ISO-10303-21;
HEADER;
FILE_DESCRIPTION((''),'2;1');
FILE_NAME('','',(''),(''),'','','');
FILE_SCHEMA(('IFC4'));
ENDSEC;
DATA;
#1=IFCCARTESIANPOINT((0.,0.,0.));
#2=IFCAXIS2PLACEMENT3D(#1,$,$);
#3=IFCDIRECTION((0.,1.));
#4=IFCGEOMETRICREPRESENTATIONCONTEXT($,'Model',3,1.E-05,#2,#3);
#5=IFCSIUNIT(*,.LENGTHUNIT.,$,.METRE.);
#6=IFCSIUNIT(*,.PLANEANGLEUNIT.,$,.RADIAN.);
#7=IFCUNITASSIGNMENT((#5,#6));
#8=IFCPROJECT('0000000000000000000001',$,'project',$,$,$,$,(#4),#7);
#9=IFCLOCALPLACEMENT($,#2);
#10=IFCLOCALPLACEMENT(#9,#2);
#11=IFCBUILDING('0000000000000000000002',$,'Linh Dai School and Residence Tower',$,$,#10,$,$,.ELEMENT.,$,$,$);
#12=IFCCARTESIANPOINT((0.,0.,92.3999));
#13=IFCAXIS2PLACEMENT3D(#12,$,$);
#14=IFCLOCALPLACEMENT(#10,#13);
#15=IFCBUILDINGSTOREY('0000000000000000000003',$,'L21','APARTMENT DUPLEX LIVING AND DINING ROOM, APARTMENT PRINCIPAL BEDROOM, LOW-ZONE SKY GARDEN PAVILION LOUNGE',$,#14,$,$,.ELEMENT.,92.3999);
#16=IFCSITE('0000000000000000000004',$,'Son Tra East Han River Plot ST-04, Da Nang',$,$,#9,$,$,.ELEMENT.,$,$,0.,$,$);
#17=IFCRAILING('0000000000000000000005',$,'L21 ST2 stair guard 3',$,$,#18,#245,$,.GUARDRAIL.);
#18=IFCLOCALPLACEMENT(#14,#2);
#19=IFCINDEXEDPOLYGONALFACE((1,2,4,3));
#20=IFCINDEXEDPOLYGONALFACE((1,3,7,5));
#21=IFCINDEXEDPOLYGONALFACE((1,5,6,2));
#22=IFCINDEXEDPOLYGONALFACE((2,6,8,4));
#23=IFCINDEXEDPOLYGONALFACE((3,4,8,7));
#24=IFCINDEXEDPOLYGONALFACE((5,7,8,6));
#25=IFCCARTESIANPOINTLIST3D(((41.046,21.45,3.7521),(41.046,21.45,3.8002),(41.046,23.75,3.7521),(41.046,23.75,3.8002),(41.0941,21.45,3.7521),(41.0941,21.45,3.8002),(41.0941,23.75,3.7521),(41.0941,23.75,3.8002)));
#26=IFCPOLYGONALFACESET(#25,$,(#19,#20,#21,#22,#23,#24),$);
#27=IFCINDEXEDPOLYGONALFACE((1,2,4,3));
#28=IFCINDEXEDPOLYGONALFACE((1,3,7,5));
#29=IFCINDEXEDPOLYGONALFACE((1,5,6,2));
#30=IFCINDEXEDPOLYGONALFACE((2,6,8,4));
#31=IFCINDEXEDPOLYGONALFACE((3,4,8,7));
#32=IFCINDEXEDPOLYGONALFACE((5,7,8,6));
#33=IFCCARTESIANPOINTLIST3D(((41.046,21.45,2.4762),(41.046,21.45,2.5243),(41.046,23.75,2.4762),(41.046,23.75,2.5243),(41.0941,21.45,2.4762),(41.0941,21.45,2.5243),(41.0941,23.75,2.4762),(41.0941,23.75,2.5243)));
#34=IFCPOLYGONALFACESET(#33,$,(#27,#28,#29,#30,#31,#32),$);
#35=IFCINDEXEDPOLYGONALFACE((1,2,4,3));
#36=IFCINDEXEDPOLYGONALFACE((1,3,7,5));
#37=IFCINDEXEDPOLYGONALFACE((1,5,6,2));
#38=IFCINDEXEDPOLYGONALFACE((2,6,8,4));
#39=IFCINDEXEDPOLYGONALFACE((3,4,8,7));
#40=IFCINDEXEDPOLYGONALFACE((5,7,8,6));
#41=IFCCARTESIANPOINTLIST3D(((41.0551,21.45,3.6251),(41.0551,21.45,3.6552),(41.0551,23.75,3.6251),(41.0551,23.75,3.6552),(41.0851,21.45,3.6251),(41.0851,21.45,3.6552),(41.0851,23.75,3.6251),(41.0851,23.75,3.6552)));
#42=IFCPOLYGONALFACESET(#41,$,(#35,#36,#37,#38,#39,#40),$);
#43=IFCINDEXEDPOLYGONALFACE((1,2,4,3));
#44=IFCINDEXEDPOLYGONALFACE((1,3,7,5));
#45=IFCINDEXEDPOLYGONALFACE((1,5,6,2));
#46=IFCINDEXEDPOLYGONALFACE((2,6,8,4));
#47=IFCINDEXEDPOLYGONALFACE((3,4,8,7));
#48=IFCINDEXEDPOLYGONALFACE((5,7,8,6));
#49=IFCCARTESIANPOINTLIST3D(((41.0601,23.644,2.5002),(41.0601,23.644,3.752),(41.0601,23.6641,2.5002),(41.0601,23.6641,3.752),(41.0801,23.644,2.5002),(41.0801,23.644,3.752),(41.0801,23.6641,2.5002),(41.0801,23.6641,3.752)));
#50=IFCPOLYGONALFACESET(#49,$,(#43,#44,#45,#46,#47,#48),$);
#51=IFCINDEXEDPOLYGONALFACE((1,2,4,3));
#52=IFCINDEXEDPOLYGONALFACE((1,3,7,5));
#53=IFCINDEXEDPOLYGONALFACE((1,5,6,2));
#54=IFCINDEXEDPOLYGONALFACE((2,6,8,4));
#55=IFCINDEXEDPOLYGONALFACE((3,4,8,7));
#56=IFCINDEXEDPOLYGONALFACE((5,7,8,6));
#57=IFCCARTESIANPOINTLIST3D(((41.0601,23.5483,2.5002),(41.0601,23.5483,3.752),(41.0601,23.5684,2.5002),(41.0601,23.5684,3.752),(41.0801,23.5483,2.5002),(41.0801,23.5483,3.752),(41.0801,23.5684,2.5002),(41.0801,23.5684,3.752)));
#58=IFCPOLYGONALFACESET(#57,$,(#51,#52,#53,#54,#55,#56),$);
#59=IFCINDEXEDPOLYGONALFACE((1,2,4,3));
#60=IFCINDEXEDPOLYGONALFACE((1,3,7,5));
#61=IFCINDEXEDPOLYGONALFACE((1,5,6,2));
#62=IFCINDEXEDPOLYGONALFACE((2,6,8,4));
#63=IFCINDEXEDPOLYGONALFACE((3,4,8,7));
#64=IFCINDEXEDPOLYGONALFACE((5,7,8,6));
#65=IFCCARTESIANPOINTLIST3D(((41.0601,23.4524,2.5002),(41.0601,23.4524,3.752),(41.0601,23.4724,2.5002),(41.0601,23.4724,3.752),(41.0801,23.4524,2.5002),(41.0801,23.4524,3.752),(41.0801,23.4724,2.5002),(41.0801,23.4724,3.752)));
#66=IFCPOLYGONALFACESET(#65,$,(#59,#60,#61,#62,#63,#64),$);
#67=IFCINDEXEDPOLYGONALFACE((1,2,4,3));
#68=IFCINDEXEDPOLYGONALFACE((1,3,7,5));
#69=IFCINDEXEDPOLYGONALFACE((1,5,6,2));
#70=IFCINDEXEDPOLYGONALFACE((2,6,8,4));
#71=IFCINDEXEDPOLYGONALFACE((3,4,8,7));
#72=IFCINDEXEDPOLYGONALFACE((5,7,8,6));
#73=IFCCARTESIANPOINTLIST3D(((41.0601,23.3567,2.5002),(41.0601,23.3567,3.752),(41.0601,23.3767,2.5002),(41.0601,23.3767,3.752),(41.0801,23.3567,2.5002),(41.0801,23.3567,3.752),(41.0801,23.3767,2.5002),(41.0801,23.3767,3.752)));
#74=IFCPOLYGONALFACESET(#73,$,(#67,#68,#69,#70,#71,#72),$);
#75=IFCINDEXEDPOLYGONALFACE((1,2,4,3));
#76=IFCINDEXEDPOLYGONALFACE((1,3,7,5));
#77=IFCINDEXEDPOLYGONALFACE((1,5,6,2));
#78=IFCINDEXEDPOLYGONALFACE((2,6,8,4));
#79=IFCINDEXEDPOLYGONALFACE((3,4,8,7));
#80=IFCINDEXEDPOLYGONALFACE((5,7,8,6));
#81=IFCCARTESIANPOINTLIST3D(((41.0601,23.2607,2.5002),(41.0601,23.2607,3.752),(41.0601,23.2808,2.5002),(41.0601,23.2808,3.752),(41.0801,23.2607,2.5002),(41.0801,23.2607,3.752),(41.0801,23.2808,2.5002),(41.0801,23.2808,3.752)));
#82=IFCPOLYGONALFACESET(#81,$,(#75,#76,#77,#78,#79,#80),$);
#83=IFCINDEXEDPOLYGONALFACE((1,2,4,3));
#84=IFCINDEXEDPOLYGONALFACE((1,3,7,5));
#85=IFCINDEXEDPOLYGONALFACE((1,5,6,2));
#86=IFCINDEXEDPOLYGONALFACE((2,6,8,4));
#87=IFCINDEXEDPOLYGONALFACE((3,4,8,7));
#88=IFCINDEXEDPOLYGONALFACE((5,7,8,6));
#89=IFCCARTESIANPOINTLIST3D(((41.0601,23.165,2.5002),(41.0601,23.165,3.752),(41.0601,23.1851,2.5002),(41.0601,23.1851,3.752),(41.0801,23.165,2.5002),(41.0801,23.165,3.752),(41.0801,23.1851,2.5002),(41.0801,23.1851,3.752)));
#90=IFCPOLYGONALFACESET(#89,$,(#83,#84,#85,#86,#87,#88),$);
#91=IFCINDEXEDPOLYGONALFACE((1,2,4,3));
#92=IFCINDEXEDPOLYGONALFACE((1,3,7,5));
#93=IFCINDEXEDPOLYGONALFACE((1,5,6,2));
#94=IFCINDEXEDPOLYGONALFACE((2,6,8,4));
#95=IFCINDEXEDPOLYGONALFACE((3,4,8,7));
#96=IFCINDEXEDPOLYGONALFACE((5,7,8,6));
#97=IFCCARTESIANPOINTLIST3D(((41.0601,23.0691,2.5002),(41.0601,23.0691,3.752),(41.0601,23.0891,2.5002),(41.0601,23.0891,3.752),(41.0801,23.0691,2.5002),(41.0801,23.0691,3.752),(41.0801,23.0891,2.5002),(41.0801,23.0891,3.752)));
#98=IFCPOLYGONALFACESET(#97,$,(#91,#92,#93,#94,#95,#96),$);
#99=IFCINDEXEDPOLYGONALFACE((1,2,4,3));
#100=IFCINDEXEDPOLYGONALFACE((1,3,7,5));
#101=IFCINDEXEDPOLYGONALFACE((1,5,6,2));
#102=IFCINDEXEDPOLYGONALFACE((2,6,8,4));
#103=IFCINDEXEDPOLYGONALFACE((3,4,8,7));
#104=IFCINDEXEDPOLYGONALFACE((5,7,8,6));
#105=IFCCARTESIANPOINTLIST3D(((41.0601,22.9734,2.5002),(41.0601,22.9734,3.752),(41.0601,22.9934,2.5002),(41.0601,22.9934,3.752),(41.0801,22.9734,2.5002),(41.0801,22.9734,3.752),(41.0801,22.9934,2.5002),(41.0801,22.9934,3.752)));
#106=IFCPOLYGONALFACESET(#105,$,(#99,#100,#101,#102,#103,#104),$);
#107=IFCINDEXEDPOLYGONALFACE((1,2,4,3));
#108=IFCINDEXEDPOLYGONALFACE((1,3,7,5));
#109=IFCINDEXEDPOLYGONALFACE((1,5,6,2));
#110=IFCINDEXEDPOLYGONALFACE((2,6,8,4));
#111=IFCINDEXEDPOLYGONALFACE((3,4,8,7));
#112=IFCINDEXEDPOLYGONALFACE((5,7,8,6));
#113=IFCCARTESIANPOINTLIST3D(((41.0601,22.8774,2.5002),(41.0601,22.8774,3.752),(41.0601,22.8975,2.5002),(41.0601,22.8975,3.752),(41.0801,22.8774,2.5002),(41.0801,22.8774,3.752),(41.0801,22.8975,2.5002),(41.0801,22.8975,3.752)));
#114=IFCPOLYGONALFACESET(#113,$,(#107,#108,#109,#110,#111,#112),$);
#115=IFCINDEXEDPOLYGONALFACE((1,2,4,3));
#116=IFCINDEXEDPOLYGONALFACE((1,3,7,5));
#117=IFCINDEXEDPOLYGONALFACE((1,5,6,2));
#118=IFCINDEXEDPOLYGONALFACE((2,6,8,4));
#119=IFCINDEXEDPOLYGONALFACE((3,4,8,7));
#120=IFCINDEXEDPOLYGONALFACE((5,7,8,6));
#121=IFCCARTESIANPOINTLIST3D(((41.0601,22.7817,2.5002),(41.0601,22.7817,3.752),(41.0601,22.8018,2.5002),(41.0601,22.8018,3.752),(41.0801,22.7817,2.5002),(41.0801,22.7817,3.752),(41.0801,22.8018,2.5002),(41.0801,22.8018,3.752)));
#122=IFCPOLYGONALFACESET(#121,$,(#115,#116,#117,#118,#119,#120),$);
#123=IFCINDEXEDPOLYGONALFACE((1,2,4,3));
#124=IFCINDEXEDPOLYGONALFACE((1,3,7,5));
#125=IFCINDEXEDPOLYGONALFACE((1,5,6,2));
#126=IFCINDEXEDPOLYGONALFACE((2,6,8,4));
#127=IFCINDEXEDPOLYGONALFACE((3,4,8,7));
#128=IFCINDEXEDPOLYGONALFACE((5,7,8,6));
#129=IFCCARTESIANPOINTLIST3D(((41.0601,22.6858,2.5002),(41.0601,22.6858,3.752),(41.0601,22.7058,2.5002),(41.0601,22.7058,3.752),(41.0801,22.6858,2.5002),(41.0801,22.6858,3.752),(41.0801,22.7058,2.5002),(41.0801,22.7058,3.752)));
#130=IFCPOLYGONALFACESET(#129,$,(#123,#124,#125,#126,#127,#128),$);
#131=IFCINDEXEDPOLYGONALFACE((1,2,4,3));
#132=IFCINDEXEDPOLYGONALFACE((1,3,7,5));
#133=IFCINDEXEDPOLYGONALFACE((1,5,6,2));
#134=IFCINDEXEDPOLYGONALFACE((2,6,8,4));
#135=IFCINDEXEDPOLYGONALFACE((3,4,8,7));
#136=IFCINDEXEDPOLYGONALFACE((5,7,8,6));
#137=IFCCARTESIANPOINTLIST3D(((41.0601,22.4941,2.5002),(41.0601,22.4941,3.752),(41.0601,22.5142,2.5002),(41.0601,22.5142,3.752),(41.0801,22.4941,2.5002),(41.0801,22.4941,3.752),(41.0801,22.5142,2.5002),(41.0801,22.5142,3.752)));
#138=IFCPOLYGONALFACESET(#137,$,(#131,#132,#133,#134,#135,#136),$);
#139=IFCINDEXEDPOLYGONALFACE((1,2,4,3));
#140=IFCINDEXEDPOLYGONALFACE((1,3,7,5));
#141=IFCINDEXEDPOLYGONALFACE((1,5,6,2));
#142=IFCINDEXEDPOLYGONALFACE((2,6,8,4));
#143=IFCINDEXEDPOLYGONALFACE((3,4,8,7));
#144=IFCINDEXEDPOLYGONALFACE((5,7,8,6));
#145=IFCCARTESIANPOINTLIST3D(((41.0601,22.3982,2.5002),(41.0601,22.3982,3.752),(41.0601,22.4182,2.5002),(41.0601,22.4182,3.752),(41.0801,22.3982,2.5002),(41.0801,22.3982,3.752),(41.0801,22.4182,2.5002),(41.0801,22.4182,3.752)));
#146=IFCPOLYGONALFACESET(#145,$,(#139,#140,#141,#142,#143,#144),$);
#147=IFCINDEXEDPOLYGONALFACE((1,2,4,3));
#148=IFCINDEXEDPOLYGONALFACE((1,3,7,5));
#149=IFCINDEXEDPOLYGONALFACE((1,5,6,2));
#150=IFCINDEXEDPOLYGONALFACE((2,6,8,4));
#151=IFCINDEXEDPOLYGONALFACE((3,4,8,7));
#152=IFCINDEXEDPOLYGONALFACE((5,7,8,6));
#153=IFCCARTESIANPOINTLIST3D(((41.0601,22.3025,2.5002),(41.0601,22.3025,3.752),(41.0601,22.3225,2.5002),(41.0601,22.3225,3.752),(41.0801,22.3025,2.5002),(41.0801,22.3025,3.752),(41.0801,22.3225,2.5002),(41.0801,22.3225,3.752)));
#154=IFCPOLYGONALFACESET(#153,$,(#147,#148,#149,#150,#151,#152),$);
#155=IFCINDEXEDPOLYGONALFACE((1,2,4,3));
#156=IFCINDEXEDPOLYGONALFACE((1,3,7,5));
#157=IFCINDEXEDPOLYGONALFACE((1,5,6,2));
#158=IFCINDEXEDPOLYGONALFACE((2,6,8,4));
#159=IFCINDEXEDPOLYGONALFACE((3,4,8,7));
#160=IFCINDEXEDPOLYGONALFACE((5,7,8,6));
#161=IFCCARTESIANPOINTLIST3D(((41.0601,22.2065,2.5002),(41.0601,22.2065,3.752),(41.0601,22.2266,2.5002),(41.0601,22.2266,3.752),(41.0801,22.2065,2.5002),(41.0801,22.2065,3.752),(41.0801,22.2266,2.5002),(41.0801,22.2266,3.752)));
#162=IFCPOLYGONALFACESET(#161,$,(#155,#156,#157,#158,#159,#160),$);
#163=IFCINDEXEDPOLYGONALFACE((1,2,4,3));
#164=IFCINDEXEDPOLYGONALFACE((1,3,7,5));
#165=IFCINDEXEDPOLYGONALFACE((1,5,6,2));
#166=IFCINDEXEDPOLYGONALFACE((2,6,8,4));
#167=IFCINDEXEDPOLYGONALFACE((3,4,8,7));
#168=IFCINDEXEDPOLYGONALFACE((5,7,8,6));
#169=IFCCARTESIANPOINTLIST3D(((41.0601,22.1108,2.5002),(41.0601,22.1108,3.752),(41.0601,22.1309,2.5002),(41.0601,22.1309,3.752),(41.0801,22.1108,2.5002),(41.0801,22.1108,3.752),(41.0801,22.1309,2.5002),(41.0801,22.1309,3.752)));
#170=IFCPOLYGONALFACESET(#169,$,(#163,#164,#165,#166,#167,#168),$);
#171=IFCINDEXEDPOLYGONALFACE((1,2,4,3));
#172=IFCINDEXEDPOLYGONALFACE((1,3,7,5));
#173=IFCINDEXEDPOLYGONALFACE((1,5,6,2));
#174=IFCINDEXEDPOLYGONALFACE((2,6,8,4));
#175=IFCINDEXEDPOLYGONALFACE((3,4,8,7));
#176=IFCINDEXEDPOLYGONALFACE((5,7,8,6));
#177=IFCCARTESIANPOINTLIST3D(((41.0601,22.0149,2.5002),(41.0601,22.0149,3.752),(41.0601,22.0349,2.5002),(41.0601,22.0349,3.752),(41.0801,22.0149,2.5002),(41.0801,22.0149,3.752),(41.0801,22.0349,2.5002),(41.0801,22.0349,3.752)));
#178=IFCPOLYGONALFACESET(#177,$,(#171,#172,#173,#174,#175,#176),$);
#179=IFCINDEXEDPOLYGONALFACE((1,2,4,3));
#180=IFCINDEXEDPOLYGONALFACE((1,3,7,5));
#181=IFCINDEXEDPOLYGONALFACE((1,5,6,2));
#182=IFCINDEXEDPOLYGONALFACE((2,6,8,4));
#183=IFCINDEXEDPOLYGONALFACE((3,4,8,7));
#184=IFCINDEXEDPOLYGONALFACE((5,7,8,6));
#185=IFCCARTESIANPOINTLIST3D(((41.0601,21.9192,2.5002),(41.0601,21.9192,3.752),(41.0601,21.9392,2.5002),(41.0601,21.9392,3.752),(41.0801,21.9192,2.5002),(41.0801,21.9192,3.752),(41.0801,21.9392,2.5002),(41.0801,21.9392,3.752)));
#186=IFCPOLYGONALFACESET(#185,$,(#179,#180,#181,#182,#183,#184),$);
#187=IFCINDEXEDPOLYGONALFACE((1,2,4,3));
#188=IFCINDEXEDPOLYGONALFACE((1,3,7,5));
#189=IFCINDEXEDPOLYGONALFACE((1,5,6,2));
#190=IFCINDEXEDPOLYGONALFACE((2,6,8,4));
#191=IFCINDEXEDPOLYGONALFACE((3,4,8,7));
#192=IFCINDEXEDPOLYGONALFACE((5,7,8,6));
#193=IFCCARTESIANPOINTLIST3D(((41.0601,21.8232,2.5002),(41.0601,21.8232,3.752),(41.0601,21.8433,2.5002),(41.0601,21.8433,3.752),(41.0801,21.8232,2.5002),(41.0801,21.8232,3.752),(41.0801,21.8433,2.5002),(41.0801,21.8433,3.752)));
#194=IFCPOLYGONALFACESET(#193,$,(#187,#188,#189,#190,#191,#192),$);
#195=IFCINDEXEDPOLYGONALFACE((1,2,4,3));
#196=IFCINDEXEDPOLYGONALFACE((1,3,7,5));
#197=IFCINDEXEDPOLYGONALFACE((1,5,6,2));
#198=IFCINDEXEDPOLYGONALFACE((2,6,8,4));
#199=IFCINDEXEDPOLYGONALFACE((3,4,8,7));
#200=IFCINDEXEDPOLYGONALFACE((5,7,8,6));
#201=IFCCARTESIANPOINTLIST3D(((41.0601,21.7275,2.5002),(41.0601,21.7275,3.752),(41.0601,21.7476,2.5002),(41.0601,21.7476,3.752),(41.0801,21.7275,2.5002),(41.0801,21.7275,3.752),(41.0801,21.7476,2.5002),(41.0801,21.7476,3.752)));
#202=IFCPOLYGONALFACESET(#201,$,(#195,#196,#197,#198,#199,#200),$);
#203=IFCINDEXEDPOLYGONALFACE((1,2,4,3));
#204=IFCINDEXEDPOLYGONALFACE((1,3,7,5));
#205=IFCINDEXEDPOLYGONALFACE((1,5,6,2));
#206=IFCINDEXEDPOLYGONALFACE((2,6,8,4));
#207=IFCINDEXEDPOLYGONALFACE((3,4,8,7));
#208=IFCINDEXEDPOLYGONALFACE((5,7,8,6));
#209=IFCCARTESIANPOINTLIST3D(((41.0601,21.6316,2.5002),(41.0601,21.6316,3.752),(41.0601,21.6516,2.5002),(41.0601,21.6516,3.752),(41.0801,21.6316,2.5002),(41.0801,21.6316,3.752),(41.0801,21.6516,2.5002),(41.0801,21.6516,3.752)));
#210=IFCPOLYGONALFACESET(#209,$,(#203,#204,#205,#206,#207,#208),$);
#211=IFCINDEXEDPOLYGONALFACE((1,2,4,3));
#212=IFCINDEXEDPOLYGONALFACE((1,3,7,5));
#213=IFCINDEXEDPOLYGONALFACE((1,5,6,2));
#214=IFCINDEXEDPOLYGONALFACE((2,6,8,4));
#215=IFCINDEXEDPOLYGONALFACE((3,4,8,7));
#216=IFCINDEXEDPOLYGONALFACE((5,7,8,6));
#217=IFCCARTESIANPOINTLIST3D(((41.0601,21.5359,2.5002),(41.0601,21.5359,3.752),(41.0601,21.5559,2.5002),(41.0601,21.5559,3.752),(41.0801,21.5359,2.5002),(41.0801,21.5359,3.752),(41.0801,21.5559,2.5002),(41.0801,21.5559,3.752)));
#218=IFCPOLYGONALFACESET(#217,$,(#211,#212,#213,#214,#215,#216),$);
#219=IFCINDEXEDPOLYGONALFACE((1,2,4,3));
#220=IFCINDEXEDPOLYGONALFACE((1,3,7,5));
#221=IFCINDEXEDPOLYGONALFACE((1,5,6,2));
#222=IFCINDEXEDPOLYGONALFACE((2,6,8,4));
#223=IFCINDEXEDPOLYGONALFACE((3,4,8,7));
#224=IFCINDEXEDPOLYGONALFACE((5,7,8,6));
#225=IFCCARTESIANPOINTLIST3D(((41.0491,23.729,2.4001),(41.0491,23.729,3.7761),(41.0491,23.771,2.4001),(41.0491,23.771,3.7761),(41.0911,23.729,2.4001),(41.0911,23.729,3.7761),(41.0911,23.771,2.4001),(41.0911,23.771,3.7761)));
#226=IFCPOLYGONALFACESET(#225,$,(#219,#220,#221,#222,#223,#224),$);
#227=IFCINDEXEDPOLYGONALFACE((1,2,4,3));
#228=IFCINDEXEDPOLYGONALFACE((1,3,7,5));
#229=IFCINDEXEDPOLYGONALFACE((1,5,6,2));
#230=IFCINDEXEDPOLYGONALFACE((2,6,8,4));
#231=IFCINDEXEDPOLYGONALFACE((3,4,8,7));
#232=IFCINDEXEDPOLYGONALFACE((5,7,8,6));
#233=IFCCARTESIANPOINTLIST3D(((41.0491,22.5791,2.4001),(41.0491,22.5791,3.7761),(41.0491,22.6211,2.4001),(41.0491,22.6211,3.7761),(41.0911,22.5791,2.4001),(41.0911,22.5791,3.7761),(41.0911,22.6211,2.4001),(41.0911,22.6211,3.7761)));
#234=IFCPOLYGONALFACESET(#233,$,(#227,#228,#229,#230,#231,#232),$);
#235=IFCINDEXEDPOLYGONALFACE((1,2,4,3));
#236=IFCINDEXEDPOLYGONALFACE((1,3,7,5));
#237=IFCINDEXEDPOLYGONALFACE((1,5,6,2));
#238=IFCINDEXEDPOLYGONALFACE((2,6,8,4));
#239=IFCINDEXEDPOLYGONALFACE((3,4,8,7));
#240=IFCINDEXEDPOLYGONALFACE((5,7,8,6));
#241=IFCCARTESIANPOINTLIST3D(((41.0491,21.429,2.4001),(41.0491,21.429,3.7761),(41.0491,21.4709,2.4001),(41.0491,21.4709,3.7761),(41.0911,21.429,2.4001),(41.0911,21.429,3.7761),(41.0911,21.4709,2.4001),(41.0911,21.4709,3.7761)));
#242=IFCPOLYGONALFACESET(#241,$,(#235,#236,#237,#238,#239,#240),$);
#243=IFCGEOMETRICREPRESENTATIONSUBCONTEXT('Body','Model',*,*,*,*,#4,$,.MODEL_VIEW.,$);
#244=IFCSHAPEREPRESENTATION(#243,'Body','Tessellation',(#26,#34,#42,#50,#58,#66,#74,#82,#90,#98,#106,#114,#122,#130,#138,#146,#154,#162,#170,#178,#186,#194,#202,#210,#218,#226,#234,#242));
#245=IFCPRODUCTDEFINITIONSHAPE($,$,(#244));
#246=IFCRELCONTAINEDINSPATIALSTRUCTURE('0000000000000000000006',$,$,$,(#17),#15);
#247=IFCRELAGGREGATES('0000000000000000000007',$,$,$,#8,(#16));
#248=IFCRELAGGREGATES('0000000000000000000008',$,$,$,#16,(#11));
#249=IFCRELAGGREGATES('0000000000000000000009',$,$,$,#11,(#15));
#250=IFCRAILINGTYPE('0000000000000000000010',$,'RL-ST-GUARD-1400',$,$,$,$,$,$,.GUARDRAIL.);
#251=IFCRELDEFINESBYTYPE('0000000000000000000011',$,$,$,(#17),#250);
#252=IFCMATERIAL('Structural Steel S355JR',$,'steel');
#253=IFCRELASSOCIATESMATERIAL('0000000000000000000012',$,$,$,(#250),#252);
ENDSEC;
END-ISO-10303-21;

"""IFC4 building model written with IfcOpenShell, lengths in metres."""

from ifc_helpers import new_model, si_unit, direction, frame, origin, origin_2d, place, context, subcontext, project, spatial, rectangle, extrude, source, transform, mapped, material, type_object, element, save


model = new_model("IFC4")

# Units and contexts
model_context = context("Model", 3, precision=1e-05, world=origin(), true_north=direction((0.0, 1.0)))
body_context = subcontext(model_context, "Body", "Model", "MODEL_VIEW")
ifc_project = project(units=[si_unit("LENGTHUNIT", "METRE"), si_unit("PLANEANGLEUNIT", "RADIAN")], contexts=[model_context])

# Site, building, storey
site_placement = place(None, origin())
site = spatial("IfcSite", under=ifc_project, at=site_placement, Name="Son Tra East Han River Plot ST-04, Da Nang", CompositionType="ELEMENT", RefElevation=0.0)
building_placement = place(site_placement, origin())
building = spatial("IfcBuilding", under=site, at=building_placement, Name="Linh Dai School and Residence Tower", CompositionType="ELEMENT")
storey_placement = place(building_placement, frame((0.0, 0.0, 92.3999)))
storey = spatial("IfcBuildingStorey", under=building, at=storey_placement, Name="L21", Description="APARTMENT DUPLEX LIVING AND DINING ROOM, APARTMENT PRINCIPAL BEDROOM, LOW-ZONE SKY GARDEN PAVILION LOUNGE", CompositionType="ELEMENT", Elevation=92.3999)

# Shared definitions
ifc_material_1 = material(Name="Structural Steel S355JR", Category="steel")

# Railing
railing_type = type_object("IfcRailingType", Name="RL-ST-GUARD-1400", PredefinedType="GUARDRAIL", material=ifc_material_1)
shared_shape_1 = source(origin(), body_context, "Body", "SweptSolid", [
    extrude(rectangle(XDim=0.0481, YDim=0.0481, at=origin_2d()), frame((0.0, 0.0, 1.376), z_axis=(0.0, -1.0, 0.0), x_axis=(1.0, 0.0, 0.0)), (0.0, 0.0, 1.0), 2.3),
    extrude(rectangle(XDim=0.0481, YDim=0.0481, at=origin_2d()), frame((0.0, 0.0, 0.1001), z_axis=(0.0, -1.0, 0.0), x_axis=(1.0, 0.0, 0.0)), (0.0, 0.0, 1.0), 2.3),
    extrude(rectangle(XDim=0.03, YDim=0.03, at=origin_2d()), frame((0.0, 0.0, 1.24), z_axis=(0.0, -1.0, 0.0), x_axis=(1.0, 0.0, 0.0)), (0.0, 0.0, 1.0), 2.3),
    extrude(rectangle(XDim=0.02, YDim=0.02, at=origin_2d()), frame((0.0, -0.0959, 0.1001)), (0.0, 0.0, 1.0), 1.2517),
    extrude(rectangle(XDim=0.02, YDim=0.02, at=origin_2d()), frame((0.0, -0.1917, 0.1001)), (0.0, 0.0, 1.0), 1.2517),
    extrude(rectangle(XDim=0.02, YDim=0.02, at=origin_2d()), frame((0.0, -0.2876, 0.1001)), (0.0, 0.0, 1.0), 1.2517),
    extrude(rectangle(XDim=0.02, YDim=0.02, at=origin_2d()), frame((0.0, -0.3833, 0.1001)), (0.0, 0.0, 1.0), 1.2517),
    extrude(rectangle(XDim=0.02, YDim=0.02, at=origin_2d()), frame((0.0, -0.4792, 0.1001)), (0.0, 0.0, 1.0), 1.2517),
    extrude(rectangle(XDim=0.02, YDim=0.02, at=origin_2d()), frame((0.0, -0.575, 0.1001)), (0.0, 0.0, 1.0), 1.2517),
    extrude(rectangle(XDim=0.02, YDim=0.02, at=origin_2d()), frame((0.0, -0.6709, 0.1001)), (0.0, 0.0, 1.0), 1.2517),
    extrude(rectangle(XDim=0.02, YDim=0.02, at=origin_2d()), frame((0.0, -0.7666, 0.1001)), (0.0, 0.0, 1.0), 1.2517),
    extrude(rectangle(XDim=0.02, YDim=0.02, at=origin_2d()), frame((0.0, -0.8625, 0.1001)), (0.0, 0.0, 1.0), 1.2517),
    extrude(rectangle(XDim=0.02, YDim=0.02, at=origin_2d()), frame((0.0, -0.9583, 0.1001)), (0.0, 0.0, 1.0), 1.2517),
    extrude(rectangle(XDim=0.02, YDim=0.02, at=origin_2d()), frame((0.0, -1.0542, 0.1001)), (0.0, 0.0, 1.0), 1.2517),
    extrude(rectangle(XDim=0.02, YDim=0.02, at=origin_2d()), frame((0.0, -1.2458, 0.1001)), (0.0, 0.0, 1.0), 1.2517),
    extrude(rectangle(XDim=0.02, YDim=0.02, at=origin_2d()), frame((0.0, -1.3418, 0.1001)), (0.0, 0.0, 1.0), 1.2517),
    extrude(rectangle(XDim=0.02, YDim=0.02, at=origin_2d()), frame((0.0, -1.4375, 0.1001)), (0.0, 0.0, 1.0), 1.2517),
    extrude(rectangle(XDim=0.02, YDim=0.02, at=origin_2d()), frame((0.0, -1.5334, 0.1001)), (0.0, 0.0, 1.0), 1.2517),
    extrude(rectangle(XDim=0.02, YDim=0.02, at=origin_2d()), frame((0.0, -1.6292, 0.1001)), (0.0, 0.0, 1.0), 1.2517),
    extrude(rectangle(XDim=0.02, YDim=0.02, at=origin_2d()), frame((0.0, -1.7251, 0.1001)), (0.0, 0.0, 1.0), 1.2517),
    extrude(rectangle(XDim=0.02, YDim=0.02, at=origin_2d()), frame((0.0, -1.8208, 0.1001)), (0.0, 0.0, 1.0), 1.2517),
    extrude(rectangle(XDim=0.02, YDim=0.02, at=origin_2d()), frame((0.0, -1.9167, 0.1001)), (0.0, 0.0, 1.0), 1.2517),
    extrude(rectangle(XDim=0.02, YDim=0.02, at=origin_2d()), frame((0.0, -2.0125, 0.1001)), (0.0, 0.0, 1.0), 1.2517),
    extrude(rectangle(XDim=0.02, YDim=0.02, at=origin_2d()), frame((0.0, -2.1084, 0.1001)), (0.0, 0.0, 1.0), 1.2517),
    extrude(rectangle(XDim=0.02, YDim=0.02, at=origin_2d()), frame((0.0, -2.2041, 0.1001)), (0.0, 0.0, 1.0), 1.2517),
    extrude(rectangle(XDim=0.042, YDim=0.042, at=origin_2d()), origin(), (0.0, 0.0, 1.0), 1.376),
    extrude(rectangle(XDim=0.042, YDim=0.042, at=origin_2d()), frame((0.0, -1.1499, 0.0)), (0.0, 0.0, 1.0), 1.376),
    extrude(rectangle(XDim=0.042, YDim=0.042, at=origin_2d()), frame((0.0, -2.3, 0.0)), (0.0, 0.0, 1.0), 1.376),
])
railing_1_placement = place(storey_placement, frame((41.0701, 23.75, 2.4001)))
element("IfcRailing", 1, at=railing_1_placement, inside=storey, type_object=railing_type, Name="L21 ST2 stair guard 3", PredefinedType="GUARDRAIL", context=body_context, shape_type="MappedRepresentation", body=[
    mapped(shared_shape_1, transform((0.0, 0.0, 0.0), x_axis=(1.0, 0.0, 0.0), y_axis=(0.0, 1.0, 0.0), z_axis=(0.0, 0.0, 1.0), scale=1.0)),
])

save(model, "model.ifc")
